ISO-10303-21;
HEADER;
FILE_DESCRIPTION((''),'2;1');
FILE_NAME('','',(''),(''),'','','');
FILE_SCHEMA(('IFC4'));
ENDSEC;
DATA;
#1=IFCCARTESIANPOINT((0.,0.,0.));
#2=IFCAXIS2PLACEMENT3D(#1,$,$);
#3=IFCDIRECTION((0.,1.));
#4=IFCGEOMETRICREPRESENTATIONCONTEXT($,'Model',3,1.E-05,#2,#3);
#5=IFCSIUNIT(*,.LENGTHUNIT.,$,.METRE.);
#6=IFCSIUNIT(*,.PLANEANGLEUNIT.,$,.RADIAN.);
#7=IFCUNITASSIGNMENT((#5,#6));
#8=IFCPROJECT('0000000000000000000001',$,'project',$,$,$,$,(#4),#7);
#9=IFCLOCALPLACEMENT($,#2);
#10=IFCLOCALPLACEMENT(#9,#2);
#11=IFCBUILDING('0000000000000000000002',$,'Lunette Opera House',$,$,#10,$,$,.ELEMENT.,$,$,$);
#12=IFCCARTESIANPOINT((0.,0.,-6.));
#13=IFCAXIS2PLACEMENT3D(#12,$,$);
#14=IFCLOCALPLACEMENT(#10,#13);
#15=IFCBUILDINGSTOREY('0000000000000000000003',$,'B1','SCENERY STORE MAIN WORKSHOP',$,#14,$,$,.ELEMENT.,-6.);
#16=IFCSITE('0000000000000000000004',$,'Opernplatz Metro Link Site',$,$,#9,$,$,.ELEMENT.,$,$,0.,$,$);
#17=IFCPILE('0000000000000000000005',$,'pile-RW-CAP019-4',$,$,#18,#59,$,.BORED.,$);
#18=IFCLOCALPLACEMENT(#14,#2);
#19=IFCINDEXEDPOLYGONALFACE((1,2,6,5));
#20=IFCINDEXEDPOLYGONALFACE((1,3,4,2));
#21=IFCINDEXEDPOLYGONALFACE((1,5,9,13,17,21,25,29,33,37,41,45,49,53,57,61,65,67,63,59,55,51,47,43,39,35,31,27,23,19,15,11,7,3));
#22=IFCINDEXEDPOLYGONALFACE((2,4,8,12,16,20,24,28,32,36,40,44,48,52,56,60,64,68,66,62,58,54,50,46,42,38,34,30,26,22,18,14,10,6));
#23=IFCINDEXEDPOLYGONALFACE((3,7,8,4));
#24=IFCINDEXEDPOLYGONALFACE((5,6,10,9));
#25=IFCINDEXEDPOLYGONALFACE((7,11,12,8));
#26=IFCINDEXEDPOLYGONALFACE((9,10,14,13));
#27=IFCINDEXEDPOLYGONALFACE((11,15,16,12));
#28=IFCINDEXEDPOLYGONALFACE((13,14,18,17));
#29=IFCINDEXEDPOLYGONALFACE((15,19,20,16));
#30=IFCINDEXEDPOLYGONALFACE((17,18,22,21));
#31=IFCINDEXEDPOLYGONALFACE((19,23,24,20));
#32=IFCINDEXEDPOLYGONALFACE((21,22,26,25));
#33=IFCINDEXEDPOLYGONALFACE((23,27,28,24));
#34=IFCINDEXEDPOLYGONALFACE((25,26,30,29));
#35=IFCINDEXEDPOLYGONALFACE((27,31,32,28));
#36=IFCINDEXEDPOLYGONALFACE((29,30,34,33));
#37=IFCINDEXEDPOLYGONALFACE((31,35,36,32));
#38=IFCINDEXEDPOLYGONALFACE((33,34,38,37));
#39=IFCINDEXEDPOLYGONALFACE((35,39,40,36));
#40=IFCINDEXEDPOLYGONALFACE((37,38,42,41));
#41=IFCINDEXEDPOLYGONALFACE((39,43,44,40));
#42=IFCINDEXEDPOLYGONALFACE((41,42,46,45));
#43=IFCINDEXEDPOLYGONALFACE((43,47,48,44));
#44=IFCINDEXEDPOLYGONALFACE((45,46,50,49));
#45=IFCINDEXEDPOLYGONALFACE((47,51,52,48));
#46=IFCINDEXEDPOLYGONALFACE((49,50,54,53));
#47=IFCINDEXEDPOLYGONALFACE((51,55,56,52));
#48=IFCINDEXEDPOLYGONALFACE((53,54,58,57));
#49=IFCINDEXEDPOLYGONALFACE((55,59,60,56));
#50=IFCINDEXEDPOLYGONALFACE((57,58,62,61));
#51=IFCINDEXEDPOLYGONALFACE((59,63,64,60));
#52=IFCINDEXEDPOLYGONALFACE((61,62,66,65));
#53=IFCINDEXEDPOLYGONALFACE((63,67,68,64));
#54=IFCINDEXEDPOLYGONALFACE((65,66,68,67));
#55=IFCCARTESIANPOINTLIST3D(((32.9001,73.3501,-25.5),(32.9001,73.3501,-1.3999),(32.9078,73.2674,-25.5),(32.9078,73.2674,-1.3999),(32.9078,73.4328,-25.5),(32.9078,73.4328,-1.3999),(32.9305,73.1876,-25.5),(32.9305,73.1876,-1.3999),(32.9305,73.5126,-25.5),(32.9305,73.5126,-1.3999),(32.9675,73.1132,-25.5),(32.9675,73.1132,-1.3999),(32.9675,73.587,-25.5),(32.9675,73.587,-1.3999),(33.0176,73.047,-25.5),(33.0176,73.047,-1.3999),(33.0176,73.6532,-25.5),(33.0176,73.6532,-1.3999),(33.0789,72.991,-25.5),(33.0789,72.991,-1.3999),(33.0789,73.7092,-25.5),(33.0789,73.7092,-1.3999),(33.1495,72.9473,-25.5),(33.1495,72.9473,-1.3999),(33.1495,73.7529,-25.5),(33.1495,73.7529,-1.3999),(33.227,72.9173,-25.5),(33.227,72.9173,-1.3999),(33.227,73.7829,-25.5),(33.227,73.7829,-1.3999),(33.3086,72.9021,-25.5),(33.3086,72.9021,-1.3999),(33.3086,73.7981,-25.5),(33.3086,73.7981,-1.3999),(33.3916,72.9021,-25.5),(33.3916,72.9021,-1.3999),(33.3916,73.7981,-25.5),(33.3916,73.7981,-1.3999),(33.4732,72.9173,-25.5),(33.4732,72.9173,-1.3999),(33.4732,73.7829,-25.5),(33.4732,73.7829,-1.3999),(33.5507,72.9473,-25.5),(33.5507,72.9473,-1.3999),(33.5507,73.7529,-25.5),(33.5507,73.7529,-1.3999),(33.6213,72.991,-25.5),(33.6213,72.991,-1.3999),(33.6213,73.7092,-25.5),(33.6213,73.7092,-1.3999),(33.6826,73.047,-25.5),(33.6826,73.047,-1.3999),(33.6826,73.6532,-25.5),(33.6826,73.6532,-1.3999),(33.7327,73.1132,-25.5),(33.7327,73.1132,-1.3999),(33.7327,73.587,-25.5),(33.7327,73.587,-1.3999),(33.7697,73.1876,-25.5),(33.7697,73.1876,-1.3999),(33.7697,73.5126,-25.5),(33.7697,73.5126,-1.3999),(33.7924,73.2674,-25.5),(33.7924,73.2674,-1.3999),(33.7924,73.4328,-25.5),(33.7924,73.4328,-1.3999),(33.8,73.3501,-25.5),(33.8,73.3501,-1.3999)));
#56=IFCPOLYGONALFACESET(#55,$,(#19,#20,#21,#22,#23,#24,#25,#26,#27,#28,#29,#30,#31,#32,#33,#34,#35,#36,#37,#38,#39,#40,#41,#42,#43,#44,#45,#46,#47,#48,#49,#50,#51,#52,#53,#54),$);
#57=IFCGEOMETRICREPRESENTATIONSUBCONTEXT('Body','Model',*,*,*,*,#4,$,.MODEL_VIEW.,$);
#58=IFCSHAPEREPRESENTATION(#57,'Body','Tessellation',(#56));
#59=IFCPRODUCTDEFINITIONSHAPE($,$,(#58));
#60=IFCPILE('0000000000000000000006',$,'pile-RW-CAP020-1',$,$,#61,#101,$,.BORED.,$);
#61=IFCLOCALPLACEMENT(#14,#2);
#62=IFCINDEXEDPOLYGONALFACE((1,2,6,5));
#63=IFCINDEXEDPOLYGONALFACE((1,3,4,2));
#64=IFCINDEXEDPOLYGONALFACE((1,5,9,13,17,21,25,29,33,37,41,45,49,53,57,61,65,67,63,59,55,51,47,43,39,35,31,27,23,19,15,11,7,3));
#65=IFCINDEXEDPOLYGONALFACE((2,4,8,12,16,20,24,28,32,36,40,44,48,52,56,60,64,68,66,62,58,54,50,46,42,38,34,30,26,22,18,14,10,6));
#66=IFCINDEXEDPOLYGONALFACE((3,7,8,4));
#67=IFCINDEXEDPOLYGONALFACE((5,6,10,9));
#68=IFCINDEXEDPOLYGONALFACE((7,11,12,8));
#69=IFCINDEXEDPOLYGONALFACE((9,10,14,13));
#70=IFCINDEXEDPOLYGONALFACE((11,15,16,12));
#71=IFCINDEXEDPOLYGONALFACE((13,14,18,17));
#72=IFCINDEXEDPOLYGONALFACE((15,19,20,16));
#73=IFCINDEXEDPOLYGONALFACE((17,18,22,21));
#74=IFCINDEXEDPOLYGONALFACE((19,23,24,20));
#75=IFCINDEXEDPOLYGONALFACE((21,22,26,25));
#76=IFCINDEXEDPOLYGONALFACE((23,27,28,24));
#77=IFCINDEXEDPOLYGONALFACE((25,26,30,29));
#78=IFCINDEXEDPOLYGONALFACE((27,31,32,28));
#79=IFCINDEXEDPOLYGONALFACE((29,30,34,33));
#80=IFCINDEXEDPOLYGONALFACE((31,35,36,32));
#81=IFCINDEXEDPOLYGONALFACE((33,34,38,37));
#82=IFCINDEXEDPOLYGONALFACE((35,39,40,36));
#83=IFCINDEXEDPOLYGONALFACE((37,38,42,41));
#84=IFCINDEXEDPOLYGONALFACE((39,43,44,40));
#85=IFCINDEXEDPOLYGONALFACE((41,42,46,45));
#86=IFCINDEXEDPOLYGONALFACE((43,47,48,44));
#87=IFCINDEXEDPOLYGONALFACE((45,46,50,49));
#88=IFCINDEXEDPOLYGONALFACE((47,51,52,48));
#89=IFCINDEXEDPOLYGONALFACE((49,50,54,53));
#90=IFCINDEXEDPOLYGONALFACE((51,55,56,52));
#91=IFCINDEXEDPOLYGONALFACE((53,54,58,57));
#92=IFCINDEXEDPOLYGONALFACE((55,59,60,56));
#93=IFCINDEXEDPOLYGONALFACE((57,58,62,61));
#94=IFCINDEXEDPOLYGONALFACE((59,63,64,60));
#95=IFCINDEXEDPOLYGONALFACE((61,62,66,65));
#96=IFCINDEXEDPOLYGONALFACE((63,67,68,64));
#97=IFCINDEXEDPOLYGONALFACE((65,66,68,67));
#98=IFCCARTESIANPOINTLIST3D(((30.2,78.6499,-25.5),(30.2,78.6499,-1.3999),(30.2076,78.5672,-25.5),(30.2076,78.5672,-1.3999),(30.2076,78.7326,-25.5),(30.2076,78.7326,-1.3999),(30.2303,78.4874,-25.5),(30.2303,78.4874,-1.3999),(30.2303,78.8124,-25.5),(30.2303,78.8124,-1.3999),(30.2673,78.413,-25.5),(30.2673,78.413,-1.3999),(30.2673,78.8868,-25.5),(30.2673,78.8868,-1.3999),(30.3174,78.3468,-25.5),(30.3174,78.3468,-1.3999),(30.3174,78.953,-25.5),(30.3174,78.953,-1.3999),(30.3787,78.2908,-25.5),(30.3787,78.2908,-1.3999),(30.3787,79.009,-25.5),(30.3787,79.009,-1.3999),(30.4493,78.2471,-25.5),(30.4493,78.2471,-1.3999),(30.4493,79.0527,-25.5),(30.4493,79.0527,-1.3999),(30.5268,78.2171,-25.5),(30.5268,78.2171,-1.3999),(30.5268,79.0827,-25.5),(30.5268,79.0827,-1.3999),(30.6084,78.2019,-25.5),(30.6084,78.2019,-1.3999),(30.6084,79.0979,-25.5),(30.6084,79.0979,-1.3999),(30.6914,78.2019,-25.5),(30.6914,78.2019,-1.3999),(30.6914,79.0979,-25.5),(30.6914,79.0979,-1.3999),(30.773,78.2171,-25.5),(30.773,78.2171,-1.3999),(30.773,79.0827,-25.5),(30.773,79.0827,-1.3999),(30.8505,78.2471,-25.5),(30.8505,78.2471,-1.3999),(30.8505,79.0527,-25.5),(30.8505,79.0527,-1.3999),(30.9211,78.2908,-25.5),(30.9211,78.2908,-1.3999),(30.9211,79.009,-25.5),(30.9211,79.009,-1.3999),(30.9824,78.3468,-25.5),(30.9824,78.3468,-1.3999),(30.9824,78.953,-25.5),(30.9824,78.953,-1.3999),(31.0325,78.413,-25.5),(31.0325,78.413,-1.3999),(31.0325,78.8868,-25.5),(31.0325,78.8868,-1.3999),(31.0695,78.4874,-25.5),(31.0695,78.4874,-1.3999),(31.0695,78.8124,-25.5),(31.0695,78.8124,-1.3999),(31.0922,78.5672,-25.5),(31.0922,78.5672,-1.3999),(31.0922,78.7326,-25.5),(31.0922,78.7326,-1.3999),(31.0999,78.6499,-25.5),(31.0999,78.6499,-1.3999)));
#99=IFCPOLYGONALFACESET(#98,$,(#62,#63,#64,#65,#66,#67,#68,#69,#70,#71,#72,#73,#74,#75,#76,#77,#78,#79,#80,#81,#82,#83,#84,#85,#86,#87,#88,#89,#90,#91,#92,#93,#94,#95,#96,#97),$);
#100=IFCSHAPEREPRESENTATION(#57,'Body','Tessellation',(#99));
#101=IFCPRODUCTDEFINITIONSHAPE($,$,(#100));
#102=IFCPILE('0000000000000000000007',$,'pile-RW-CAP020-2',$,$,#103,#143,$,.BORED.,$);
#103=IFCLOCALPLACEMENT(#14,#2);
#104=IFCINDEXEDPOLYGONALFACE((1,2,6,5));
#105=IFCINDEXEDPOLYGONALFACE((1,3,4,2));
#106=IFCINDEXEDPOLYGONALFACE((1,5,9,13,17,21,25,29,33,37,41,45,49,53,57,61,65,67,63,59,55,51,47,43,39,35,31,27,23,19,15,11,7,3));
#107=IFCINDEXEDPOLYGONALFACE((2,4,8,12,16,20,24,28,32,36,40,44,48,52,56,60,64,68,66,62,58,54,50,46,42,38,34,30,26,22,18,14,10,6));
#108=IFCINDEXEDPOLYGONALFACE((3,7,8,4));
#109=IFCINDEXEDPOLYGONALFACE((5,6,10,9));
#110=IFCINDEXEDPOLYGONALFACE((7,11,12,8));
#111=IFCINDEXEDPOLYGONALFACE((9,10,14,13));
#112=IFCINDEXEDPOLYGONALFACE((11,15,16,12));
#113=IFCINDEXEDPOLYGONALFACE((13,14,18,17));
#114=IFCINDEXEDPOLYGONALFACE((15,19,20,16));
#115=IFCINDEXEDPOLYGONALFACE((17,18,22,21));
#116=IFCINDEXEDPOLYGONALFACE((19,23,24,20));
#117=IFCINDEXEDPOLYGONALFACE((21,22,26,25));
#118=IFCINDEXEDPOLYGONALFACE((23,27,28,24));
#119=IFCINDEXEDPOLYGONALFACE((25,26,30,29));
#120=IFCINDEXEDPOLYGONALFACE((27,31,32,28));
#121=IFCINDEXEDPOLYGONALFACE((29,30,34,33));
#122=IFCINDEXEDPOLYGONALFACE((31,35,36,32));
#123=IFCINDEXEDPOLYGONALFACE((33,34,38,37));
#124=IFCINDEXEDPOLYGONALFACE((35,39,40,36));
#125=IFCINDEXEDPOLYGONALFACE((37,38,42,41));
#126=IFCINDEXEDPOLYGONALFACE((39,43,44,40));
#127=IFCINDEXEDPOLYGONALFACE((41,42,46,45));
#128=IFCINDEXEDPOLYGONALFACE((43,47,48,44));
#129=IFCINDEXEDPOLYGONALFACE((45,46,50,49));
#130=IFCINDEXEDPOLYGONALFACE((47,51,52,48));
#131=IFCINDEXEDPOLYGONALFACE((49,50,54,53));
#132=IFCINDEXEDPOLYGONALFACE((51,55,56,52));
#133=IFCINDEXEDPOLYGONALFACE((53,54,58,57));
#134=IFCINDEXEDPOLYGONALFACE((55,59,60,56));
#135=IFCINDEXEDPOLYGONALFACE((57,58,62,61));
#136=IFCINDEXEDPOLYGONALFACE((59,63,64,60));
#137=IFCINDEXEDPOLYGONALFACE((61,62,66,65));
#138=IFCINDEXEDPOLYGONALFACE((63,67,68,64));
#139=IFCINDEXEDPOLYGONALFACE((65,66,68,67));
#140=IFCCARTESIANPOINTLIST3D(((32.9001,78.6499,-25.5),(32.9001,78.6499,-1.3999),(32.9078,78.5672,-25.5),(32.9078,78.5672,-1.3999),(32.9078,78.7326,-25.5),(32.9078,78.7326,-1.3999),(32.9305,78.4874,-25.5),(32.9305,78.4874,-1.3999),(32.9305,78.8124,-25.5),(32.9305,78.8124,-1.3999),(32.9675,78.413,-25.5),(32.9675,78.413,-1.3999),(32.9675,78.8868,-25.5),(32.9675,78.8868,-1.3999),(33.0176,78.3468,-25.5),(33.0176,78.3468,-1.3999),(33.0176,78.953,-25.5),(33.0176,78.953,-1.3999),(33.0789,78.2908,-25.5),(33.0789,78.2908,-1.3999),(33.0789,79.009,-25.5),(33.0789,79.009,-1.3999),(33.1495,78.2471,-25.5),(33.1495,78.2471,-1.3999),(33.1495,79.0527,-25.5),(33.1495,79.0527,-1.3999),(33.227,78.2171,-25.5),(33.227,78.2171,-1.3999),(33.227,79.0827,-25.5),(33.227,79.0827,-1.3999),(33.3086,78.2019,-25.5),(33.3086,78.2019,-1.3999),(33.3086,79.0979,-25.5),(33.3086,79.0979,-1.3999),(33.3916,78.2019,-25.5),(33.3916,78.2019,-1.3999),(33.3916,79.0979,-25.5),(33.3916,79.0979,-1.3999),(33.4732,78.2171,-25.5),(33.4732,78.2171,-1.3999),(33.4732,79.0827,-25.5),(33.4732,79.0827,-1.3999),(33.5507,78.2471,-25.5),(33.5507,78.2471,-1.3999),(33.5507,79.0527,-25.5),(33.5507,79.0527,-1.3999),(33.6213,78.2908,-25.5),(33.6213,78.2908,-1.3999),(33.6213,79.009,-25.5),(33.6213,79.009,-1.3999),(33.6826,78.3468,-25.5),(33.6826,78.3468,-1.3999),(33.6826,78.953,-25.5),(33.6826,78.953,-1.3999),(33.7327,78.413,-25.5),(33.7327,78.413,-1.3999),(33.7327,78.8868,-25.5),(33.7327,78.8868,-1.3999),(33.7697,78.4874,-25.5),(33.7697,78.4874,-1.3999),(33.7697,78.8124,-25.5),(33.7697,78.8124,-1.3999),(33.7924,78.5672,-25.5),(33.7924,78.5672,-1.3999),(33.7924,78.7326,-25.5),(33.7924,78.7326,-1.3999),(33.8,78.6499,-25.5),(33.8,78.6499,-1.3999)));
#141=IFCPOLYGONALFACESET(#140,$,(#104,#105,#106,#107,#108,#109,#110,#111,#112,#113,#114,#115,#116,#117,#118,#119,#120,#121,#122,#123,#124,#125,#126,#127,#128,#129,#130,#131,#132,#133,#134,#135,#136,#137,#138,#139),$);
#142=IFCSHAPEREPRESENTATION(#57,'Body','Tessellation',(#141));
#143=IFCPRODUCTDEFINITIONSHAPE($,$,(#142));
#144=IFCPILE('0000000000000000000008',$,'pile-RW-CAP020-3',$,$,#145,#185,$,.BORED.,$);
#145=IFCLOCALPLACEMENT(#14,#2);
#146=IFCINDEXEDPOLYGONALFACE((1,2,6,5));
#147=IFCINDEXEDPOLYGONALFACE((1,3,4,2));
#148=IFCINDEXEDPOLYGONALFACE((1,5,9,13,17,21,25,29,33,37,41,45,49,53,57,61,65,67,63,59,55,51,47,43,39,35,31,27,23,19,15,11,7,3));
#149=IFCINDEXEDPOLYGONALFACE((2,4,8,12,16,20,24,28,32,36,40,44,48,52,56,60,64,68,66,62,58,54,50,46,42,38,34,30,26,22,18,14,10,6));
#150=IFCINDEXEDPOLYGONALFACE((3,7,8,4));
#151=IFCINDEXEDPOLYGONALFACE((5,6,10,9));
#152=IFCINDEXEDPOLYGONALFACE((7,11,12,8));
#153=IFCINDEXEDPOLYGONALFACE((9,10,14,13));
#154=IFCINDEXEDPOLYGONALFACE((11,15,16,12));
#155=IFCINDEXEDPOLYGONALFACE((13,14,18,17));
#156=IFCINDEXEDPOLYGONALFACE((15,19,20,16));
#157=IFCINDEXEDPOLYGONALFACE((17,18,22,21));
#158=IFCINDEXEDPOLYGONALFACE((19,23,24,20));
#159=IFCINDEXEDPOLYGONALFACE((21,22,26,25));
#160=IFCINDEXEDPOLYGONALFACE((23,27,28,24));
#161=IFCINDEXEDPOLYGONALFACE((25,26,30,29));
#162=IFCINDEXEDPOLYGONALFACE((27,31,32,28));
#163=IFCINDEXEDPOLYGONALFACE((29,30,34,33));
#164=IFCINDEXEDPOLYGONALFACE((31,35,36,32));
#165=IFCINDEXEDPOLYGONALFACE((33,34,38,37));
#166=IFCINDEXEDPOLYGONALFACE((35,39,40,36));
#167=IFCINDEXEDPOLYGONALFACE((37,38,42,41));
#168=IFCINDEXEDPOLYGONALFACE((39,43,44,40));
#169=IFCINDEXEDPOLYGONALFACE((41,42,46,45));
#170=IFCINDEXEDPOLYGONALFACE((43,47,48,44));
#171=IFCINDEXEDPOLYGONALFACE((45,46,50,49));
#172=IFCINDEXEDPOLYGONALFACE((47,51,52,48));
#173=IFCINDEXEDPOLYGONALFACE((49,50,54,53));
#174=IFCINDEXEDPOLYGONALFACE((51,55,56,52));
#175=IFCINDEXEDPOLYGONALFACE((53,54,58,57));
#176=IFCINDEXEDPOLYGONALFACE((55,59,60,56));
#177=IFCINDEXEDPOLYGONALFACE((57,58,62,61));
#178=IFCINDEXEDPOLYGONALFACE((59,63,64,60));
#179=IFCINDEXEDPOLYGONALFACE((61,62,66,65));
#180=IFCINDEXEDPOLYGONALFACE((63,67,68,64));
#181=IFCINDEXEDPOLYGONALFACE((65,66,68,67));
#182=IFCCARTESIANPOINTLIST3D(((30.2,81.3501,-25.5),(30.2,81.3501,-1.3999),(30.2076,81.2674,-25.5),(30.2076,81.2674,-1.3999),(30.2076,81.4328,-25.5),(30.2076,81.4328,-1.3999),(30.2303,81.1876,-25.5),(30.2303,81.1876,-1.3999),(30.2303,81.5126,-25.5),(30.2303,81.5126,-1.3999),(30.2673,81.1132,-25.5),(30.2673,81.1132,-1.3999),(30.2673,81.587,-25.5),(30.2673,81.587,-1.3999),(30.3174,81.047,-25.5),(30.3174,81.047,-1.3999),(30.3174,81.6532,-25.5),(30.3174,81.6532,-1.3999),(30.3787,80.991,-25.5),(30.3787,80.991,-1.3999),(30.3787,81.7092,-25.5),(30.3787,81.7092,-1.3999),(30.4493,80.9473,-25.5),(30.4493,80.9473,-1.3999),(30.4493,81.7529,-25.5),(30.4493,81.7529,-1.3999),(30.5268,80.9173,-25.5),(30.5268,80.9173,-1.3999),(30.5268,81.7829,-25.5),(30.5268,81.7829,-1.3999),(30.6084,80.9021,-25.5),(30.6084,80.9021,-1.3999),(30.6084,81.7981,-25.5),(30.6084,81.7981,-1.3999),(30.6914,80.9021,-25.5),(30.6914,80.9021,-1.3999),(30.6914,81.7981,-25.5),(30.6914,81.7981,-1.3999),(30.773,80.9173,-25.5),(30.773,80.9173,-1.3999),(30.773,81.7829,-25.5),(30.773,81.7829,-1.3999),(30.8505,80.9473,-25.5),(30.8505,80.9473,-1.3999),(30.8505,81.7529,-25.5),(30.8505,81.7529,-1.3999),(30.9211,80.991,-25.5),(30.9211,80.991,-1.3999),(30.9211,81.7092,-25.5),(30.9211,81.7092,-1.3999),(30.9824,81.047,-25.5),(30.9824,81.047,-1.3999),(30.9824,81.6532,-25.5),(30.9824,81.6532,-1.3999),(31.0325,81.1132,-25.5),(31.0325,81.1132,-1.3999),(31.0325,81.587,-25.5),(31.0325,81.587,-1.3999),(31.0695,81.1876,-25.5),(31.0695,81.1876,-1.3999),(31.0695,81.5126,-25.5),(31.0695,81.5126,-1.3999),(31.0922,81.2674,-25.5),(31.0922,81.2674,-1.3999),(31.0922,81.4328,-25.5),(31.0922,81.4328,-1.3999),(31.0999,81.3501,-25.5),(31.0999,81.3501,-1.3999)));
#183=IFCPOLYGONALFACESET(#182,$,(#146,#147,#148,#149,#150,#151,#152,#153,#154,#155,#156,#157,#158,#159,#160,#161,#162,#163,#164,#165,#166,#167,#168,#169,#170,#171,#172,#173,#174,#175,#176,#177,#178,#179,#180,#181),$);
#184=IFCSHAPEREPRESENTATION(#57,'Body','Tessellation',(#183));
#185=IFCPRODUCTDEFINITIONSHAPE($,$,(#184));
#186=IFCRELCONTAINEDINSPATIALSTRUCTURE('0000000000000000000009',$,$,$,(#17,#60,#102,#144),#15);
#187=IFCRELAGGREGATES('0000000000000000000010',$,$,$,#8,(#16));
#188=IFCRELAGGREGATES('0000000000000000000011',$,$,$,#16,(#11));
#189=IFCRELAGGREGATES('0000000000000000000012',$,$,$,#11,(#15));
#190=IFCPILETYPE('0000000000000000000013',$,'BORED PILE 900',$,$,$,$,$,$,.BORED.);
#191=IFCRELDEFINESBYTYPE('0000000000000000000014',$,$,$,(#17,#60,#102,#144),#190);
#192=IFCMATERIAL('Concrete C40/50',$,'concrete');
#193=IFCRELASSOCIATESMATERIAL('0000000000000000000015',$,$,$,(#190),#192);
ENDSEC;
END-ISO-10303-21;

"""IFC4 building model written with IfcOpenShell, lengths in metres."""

from ifc_helpers import new_model, si_unit, direction, frame, origin, origin_2d, place, context, subcontext, project, spatial, circle, extrude, material, material_profile, profile_set, type_object, element, save


model = new_model("IFC4")

# Units and contexts
model_context = context("Model", 3, precision=1e-05, world=origin(), true_north=direction((0.0, 1.0)))
body_context = subcontext(model_context, "Body", "Model", "MODEL_VIEW")
ifc_project = project(units=[si_unit("LENGTHUNIT", "METRE"), si_unit("PLANEANGLEUNIT", "RADIAN")], contexts=[model_context])

# Site, building, storey
site_placement = place(None, origin())
site = spatial("IfcSite", under=ifc_project, at=site_placement, Name="Opernplatz Metro Link Site", CompositionType="ELEMENT", RefElevation=0.0)
building_placement = place(site_placement, origin())
building = spatial("IfcBuilding", under=site, at=building_placement, Name="Lunette Opera House", CompositionType="ELEMENT")
storey_placement = place(building_placement, frame((0.0, 0.0, -6.0)))
storey = spatial("IfcBuildingStorey", under=building, at=storey_placement, Name="B1", Description="SCENERY STORE MAIN WORKSHOP", CompositionType="ELEMENT", Elevation=-6.0)

# Piles
ifc_material_1 = material(Name="Concrete C40/50", Category="concrete")
ifc_material_profile_1 = material_profile(ifc_material_1, circle(Radius=0.45, at=origin_2d()), Name="BORED PILE 900")
ifc_profile_set_1 = profile_set([ifc_material_profile_1], Name="Concrete C40/50")
pile_type = type_object("IfcPileType", Name="BORED PILE 900", PredefinedType="BORED", material=ifc_profile_set_1)
for number, where, z_axis, x_axis, name in (
    (1, (33.3501, 73.3501, -1.3999), (0.0, 0.0, -1.0), (1.0, 0.0, 0.0), "pile-RW-CAP019-4"),
    (2, (30.6499, 78.6499, -1.3999), (0.0, 0.0, -1.0), (1.0, 0.0, 0.0), "pile-RW-CAP020-1"),
    (3, (33.3501, 78.6499, -1.3999), (0.0, 0.0, -1.0), (1.0, 0.0, 0.0), "pile-RW-CAP020-2"),
    (4, (30.6499, 81.3501, -1.3999), (0.0, 0.0, -1.0), (1.0, 0.0, 0.0), "pile-RW-CAP020-3"),
):
    element("IfcPile", number, at=place(storey_placement, frame(where, z_axis=z_axis, x_axis=x_axis)), inside=storey, type_object=pile_type, Name=name, PredefinedType="BORED", context=body_context, shape_type="SweptSolid", body=[
        extrude(circle(Radius=0.45, at=origin_2d()), origin(), (0.0, 0.0, 1.0), 24.1001),
    ])

save(model, "model.ifc")
